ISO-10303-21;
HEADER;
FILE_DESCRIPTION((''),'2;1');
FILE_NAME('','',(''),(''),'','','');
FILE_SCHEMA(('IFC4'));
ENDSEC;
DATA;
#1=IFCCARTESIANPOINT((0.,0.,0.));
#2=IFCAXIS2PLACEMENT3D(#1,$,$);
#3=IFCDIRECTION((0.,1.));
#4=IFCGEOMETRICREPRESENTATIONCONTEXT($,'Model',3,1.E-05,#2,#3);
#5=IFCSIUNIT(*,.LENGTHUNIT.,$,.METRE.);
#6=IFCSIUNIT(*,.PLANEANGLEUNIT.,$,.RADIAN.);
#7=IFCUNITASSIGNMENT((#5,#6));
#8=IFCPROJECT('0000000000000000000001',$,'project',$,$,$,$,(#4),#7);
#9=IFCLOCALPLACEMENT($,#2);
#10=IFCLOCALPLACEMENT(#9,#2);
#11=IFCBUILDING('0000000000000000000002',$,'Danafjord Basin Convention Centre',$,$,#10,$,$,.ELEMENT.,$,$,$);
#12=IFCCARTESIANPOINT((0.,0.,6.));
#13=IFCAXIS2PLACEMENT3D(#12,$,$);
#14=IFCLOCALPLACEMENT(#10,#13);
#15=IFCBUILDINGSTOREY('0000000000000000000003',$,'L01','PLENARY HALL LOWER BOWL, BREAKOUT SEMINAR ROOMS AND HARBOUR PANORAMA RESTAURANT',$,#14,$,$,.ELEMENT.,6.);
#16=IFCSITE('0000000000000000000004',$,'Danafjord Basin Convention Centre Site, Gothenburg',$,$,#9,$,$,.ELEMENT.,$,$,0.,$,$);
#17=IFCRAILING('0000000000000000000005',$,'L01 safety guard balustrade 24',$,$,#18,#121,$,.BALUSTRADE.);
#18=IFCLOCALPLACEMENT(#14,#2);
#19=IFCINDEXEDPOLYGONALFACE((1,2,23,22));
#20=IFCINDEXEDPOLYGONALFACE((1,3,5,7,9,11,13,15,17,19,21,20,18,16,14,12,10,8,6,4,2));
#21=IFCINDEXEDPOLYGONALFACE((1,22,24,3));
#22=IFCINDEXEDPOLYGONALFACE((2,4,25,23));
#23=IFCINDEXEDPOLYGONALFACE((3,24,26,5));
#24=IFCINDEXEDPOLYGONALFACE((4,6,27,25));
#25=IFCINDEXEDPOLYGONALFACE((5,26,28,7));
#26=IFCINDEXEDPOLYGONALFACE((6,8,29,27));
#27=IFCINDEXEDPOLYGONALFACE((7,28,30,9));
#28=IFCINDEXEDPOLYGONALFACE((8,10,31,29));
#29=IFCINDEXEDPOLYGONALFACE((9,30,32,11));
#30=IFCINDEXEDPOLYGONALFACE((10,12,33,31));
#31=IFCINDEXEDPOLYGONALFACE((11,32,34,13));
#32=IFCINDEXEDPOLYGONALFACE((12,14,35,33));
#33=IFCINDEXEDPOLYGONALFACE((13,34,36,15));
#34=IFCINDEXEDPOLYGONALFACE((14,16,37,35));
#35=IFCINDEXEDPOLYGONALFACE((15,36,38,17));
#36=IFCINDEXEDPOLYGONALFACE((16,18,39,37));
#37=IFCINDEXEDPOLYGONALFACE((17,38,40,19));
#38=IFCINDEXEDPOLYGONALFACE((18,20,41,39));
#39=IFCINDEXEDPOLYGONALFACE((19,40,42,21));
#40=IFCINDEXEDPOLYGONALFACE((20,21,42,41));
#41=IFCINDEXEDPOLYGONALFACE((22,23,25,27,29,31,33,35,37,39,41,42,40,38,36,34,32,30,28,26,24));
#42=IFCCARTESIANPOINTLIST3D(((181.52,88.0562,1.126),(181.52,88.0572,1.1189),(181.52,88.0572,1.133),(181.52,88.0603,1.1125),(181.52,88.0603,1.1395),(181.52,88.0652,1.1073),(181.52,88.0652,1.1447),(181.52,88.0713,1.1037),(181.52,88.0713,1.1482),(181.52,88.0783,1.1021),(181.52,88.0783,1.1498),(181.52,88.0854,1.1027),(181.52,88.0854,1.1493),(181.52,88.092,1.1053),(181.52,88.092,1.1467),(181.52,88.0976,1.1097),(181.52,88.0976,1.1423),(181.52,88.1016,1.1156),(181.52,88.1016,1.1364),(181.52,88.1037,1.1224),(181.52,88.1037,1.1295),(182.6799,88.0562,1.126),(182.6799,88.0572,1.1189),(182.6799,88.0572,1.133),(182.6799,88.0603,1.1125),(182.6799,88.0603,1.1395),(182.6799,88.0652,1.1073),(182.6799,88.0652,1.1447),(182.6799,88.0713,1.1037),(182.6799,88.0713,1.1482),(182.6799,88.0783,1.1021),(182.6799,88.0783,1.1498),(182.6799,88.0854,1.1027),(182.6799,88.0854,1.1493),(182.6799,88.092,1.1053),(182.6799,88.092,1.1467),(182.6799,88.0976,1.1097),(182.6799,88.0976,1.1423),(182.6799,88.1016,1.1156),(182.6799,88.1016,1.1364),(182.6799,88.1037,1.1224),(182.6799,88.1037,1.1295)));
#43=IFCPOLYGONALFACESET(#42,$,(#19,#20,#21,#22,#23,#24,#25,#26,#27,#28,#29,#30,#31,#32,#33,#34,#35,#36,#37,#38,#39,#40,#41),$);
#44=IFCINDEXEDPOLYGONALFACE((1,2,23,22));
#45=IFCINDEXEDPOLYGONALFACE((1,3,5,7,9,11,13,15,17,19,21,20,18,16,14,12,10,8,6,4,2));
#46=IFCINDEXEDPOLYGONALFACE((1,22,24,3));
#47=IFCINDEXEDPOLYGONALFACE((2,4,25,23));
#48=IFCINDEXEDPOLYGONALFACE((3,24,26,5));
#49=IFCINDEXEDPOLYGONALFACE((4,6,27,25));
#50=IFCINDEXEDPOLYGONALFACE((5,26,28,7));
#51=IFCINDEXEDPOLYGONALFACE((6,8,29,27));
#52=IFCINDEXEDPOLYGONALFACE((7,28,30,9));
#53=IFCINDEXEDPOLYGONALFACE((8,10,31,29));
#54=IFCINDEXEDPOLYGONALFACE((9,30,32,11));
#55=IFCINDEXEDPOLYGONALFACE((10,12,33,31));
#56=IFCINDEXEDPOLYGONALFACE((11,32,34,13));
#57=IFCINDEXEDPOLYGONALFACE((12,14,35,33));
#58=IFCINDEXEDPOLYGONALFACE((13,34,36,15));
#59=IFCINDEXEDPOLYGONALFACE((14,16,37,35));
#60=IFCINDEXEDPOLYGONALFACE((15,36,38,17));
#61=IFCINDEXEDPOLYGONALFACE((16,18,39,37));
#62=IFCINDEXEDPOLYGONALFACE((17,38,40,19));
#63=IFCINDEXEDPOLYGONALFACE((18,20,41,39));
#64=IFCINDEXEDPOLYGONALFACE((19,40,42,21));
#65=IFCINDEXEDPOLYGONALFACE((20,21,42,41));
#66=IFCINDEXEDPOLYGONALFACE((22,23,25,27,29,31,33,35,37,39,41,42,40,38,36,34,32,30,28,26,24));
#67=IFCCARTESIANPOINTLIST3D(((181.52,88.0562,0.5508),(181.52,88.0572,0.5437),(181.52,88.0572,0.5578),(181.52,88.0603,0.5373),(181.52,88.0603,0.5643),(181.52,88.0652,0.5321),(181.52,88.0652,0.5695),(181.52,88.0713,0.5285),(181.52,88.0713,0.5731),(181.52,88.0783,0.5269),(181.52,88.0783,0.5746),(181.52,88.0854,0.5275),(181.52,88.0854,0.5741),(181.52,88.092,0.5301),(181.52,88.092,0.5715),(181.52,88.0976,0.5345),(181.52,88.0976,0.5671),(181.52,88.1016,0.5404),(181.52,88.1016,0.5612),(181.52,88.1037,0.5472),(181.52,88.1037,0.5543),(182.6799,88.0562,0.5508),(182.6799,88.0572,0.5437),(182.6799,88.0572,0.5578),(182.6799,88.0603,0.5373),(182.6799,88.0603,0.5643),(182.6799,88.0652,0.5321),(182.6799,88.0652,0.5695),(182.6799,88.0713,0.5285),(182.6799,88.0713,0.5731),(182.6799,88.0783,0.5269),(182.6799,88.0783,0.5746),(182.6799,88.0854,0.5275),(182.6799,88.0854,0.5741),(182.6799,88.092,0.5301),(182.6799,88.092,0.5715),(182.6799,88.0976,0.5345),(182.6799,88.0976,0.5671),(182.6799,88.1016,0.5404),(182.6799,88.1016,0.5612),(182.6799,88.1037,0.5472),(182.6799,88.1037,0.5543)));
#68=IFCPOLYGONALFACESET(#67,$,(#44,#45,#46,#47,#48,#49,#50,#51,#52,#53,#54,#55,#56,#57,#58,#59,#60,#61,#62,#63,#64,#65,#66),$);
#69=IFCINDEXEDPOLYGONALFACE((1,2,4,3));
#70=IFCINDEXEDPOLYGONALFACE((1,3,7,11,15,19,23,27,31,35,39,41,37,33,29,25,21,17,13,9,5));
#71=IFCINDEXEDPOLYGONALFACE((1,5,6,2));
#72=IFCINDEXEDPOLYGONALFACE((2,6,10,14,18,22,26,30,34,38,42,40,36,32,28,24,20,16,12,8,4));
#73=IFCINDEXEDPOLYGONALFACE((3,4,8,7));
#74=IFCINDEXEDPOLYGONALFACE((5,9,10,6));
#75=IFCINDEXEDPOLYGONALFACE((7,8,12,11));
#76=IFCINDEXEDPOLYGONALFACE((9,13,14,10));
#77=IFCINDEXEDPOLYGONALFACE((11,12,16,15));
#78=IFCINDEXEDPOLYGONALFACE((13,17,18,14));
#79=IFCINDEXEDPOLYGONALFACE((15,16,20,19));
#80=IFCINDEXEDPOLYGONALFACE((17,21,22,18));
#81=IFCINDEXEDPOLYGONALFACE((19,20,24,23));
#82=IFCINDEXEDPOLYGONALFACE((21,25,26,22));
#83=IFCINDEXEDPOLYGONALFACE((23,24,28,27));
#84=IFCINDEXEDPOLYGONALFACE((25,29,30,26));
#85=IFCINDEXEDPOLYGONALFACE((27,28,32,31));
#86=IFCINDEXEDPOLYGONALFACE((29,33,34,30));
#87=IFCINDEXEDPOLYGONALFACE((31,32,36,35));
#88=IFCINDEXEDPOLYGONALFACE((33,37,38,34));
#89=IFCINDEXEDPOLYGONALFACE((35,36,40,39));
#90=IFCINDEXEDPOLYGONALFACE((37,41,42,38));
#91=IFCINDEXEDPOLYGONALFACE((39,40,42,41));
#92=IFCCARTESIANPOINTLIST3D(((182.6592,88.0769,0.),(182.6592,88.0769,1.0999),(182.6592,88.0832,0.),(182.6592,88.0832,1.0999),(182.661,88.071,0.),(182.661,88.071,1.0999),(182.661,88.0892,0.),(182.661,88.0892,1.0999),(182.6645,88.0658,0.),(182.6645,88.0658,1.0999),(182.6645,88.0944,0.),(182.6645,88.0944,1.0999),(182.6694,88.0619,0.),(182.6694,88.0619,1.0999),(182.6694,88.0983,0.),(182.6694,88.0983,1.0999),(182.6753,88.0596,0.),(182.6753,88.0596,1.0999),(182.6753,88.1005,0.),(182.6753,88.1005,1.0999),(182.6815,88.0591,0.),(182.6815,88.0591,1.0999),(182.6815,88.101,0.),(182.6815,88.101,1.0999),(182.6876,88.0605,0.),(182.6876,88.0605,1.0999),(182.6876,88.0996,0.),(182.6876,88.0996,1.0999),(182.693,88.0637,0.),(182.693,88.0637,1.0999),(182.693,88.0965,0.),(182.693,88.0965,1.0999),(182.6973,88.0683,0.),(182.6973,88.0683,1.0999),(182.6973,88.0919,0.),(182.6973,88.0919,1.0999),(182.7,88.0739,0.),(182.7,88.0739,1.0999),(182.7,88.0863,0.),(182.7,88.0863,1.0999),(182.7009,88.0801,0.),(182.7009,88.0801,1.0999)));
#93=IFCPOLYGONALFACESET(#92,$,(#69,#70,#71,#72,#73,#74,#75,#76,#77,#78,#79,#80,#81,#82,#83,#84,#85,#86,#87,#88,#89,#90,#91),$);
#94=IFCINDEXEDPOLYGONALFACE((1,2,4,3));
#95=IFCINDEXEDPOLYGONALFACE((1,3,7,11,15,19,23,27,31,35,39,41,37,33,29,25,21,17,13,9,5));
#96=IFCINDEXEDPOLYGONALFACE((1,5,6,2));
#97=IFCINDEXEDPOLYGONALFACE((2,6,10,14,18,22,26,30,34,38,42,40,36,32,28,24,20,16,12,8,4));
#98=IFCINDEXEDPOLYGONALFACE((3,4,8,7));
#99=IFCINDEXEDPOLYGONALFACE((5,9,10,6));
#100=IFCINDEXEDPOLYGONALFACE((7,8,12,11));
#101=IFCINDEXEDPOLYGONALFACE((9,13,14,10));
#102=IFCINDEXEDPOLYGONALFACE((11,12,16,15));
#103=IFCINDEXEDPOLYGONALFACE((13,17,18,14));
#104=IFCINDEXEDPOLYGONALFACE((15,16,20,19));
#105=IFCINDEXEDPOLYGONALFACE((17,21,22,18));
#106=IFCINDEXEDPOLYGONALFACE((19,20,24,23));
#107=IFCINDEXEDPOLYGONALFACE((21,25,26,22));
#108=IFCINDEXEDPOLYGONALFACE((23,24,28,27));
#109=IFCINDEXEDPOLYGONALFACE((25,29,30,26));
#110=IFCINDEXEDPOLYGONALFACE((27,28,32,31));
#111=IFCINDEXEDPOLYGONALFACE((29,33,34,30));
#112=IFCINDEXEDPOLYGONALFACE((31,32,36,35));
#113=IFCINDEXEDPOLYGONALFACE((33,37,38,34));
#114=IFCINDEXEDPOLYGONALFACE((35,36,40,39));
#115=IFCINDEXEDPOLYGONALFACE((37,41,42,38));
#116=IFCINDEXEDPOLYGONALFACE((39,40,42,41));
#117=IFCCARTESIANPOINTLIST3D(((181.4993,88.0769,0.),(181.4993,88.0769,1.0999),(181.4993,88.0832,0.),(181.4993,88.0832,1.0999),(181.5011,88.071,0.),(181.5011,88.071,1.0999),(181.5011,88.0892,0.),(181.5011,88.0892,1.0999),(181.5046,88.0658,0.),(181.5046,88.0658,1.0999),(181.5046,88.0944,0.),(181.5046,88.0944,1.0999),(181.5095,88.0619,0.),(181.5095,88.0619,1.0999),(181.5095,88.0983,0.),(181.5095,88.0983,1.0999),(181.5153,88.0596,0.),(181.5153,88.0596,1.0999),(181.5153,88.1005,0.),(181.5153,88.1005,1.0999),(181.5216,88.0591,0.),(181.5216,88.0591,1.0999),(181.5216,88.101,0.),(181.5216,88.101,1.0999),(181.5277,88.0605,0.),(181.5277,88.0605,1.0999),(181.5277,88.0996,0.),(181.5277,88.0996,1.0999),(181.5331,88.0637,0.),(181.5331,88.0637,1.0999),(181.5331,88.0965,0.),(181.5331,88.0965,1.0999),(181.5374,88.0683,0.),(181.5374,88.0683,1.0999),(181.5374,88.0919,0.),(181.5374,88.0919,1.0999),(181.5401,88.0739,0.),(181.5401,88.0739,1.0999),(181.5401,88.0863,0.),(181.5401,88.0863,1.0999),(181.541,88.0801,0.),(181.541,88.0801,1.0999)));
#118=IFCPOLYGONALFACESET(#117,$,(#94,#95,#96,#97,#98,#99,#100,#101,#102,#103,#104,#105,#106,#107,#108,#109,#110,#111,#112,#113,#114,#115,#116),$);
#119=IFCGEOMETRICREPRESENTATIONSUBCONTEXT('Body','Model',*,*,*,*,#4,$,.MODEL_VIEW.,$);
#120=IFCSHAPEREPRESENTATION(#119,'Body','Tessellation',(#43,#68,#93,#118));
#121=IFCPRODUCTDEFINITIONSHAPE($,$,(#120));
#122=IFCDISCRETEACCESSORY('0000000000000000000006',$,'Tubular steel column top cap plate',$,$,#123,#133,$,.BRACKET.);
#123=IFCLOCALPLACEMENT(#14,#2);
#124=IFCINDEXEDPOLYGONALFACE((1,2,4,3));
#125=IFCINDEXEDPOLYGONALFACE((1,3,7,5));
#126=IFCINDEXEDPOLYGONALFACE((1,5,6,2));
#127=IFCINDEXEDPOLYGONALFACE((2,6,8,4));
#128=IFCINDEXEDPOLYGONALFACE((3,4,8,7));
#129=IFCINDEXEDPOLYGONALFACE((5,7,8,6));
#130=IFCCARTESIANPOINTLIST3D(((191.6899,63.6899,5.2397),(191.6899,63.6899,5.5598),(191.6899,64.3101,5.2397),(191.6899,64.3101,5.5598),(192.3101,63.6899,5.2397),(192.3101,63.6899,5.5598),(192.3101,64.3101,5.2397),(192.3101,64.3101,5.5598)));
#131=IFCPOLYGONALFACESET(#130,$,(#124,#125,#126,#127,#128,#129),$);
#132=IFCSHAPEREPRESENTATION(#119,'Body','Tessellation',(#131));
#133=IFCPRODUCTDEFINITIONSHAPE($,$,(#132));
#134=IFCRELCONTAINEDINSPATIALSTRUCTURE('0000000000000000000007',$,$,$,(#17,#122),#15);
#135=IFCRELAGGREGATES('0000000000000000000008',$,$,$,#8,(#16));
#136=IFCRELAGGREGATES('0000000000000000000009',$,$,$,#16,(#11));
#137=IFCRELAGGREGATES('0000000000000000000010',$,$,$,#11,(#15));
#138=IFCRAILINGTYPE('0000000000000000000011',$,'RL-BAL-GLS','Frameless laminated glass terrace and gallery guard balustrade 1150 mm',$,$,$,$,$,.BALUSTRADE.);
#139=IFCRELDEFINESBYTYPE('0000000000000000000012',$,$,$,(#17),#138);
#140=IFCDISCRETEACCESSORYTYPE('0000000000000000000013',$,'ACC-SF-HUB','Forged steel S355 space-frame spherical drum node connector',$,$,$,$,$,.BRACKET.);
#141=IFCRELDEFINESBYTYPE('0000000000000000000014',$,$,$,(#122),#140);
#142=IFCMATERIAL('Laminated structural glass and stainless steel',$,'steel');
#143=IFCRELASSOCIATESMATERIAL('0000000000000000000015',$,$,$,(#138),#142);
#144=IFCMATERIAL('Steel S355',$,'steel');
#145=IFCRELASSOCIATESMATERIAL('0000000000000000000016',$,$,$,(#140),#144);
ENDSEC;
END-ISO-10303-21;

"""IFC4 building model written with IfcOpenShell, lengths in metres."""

from ifc_helpers import new_model, si_unit, direction, frame, origin, origin_2d, place, context, subcontext, project, spatial, rectangle, circle, extrude, material, type_object, element, save


model = new_model("IFC4")

# Units and contexts
model_context = context("Model", 3, precision=1e-05, world=origin(), true_north=direction((0.0, 1.0)))
body_context = subcontext(model_context, "Body", "Model", "MODEL_VIEW")
ifc_project = project(units=[si_unit("LENGTHUNIT", "METRE"), si_unit("PLANEANGLEUNIT", "RADIAN")], contexts=[model_context])

# Site, building, storey
site_placement = place(None, origin())
site = spatial("IfcSite", under=ifc_project, at=site_placement, Name="Danafjord Basin Convention Centre Site, Gothenburg", CompositionType="ELEMENT", RefElevation=0.0)
building_placement = place(site_placement, origin())
building = spatial("IfcBuilding", under=site, at=building_placement, Name="Danafjord Basin Convention Centre", CompositionType="ELEMENT")
storey_placement = place(building_placement, frame((0.0, 0.0, 6.0)))
storey = spatial("IfcBuildingStorey", under=building, at=storey_placement, Name="L01", Description="PLENARY HALL LOWER BOWL, BREAKOUT SEMINAR ROOMS AND HARBOUR PANORAMA RESTAURANT", CompositionType="ELEMENT", Elevation=6.0)

# Shared definitions
ifc_material_1 = material(Name="Steel S355", Category="steel")

# Railing
ifc_material_2 = material(Name="Laminated structural glass and stainless steel", Category="steel")
railing_type = type_object("IfcRailingType", Name="RL-BAL-GLS", Description="Frameless laminated glass terrace and gallery guard balustrade 1150 mm", PredefinedType="BALUSTRADE", material=ifc_material_2)
railing_1_placement = place(storey_placement, frame((182.6799, 88.0801, 0.0)))
element("IfcRailing", 1, at=railing_1_placement, inside=storey, type_object=railing_type, Name="L01 safety guard balustrade 24", PredefinedType="BALUSTRADE", context=body_context, shape_type="SweptSolid", body=[
    extrude(circle(Radius=0.0239, at=origin_2d()), frame((0.0, 0.0, 1.126), z_axis=(-1.0, 0.0, 0.0), x_axis=(0.0, -1.0, 0.0)), (0.0, 0.0, 1.0), 1.1599),
    extrude(circle(Radius=0.0239, at=origin_2d()), frame((0.0, 0.0, 0.5508), z_axis=(-1.0, 0.0, 0.0), x_axis=(0.0, -1.0, 0.0)), (0.0, 0.0, 1.0), 1.1599),
    extrude(circle(Radius=0.021, at=origin_2d()), origin(), (0.0, 0.0, 1.0), 1.0999),
    extrude(circle(Radius=0.021, at=origin_2d()), frame((-1.1599, 0.0, 0.0)), (0.0, 0.0, 1.0), 1.0999),
])

# Discrete accessory
discrete_accessory_type = type_object("IfcDiscreteAccessoryType", Name="ACC-SF-HUB", Description="Forged steel S355 space-frame spherical drum node connector", PredefinedType="BRACKET", material=ifc_material_1)
discrete_accessory_placement = place(storey_placement, frame((192.0, 64.0, 5.2397), z_axis=(0.0, 0.0, 1.0), x_axis=(1.0, 0.0, 0.0)))
element("IfcDiscreteAccessory", 2, at=discrete_accessory_placement, inside=storey, type_object=discrete_accessory_type, Name="Tubular steel column top cap plate", PredefinedType="BRACKET", context=body_context, shape_type="SweptSolid", body=[
    extrude(rectangle(XDim=0.6201, YDim=0.6201, at=origin_2d()), origin(), (0.0, 0.0, 1.0), 0.3201),
])

save(model, "model.ifc")
